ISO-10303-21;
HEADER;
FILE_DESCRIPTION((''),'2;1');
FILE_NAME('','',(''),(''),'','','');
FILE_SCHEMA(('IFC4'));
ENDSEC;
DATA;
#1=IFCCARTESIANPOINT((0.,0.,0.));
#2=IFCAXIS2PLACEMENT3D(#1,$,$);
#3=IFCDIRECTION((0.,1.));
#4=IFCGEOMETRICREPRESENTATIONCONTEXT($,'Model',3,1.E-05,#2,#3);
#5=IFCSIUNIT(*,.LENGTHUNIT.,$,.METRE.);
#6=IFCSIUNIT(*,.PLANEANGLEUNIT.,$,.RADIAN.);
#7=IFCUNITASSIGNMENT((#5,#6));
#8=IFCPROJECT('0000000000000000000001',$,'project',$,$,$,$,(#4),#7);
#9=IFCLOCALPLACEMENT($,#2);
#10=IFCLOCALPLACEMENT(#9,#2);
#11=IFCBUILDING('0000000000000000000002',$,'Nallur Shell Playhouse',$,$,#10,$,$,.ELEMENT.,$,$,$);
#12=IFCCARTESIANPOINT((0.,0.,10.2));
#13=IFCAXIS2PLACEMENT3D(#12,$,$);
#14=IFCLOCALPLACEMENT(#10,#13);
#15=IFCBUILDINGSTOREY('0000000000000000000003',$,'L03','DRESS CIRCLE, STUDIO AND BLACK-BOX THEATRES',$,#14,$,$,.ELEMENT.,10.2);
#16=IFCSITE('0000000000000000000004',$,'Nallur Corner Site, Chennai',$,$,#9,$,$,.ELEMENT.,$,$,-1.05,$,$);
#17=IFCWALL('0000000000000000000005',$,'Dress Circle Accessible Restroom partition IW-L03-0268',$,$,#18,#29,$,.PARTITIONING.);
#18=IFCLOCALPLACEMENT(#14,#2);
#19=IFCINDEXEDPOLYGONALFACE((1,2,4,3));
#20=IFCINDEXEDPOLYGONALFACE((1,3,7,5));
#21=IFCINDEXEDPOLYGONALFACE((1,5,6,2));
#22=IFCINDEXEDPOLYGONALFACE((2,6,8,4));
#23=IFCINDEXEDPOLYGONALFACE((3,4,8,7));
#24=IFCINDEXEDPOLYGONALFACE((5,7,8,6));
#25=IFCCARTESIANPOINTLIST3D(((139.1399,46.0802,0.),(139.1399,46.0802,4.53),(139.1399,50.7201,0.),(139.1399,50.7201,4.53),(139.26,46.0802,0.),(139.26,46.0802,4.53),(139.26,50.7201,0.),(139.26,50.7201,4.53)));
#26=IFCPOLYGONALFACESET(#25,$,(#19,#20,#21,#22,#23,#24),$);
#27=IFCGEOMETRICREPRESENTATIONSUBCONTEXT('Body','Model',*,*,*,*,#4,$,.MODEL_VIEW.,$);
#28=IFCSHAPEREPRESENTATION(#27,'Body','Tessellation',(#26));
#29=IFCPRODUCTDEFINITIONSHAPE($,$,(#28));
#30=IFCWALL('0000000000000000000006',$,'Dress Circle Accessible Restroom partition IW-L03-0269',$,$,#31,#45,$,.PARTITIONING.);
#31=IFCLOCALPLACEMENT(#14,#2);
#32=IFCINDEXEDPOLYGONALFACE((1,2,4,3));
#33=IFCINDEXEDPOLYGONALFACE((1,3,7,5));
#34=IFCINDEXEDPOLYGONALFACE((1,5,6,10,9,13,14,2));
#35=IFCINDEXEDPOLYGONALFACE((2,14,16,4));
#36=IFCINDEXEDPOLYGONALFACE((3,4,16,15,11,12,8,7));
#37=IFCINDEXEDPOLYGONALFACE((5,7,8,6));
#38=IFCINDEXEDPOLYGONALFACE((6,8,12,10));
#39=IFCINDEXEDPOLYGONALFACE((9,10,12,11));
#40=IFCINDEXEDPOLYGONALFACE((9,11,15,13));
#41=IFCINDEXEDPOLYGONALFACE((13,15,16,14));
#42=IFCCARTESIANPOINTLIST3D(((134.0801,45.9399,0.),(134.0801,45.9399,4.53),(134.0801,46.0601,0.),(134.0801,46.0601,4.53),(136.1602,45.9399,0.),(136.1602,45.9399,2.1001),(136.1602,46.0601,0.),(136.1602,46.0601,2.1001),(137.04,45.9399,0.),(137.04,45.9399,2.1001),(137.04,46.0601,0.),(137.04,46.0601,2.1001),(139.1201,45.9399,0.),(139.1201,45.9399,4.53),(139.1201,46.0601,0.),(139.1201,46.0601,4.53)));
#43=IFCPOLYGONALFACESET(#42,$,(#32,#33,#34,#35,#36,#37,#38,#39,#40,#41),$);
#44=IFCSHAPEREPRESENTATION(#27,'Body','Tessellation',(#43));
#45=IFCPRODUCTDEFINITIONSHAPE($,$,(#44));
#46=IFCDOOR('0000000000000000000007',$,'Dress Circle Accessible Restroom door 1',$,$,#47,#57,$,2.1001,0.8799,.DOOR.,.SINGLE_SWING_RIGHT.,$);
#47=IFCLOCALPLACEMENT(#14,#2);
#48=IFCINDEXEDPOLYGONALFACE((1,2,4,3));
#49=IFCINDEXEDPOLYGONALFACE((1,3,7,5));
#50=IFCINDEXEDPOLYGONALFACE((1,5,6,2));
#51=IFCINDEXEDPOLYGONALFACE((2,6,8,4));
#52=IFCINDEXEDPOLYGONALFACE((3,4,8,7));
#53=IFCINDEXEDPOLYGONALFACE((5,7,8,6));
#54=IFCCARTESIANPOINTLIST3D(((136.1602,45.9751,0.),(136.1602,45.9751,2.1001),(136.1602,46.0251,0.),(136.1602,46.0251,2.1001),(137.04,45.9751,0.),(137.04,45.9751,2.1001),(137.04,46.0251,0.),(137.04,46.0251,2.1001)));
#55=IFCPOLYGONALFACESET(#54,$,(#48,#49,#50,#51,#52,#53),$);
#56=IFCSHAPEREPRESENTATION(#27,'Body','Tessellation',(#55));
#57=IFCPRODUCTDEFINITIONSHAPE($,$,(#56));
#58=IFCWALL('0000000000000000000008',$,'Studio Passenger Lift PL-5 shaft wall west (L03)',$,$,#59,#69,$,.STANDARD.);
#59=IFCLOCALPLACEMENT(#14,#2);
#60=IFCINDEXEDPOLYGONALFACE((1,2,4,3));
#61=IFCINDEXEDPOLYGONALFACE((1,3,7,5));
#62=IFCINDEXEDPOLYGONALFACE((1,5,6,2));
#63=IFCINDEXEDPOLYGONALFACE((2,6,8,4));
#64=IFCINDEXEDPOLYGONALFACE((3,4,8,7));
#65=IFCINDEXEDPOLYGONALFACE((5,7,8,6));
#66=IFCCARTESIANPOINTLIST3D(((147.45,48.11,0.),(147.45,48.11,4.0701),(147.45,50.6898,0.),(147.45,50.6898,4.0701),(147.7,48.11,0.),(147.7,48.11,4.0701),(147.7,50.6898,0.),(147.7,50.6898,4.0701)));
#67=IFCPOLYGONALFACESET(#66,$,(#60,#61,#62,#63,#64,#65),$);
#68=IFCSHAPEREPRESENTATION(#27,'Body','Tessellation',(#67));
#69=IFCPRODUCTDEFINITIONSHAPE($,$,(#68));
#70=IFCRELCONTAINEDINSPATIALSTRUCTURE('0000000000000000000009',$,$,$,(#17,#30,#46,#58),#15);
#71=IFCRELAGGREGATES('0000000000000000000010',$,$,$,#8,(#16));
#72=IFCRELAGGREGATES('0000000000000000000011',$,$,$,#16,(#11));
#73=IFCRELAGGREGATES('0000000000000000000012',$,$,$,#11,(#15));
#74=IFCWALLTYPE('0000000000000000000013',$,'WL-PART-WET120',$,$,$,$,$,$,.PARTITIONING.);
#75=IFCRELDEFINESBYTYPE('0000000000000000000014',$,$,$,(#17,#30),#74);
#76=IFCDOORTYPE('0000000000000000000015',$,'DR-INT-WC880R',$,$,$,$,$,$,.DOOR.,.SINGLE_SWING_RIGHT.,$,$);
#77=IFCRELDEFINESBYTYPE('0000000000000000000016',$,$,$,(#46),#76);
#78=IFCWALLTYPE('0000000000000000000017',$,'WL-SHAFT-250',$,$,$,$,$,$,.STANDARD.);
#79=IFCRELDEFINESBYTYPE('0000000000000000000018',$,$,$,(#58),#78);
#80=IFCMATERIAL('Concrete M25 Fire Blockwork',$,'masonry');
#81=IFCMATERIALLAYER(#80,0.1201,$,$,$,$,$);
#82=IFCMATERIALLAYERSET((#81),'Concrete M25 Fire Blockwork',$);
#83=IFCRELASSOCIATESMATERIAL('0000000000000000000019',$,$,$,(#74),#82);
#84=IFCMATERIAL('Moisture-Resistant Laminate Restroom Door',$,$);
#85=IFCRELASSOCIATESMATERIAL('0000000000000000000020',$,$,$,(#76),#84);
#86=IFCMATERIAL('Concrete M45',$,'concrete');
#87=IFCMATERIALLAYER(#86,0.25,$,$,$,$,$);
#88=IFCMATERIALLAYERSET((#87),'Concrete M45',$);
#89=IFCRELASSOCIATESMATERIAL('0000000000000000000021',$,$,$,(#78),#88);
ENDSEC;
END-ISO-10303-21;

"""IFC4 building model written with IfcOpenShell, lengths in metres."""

from ifc_helpers import new_model, si_unit, direction, frame, frame_2d, origin, place, context, subcontext, project, spatial, rectangle, extrude, material, layer, layer_set, type_object, element, fill, save


model = new_model("IFC4")

# Units and contexts
model_context = context("Model", 3, precision=1e-05, world=origin(), true_north=direction((0.0, 1.0)))
body_context = subcontext(model_context, "Body", "Model", "MODEL_VIEW")
ifc_project = project(units=[si_unit("LENGTHUNIT", "METRE"), si_unit("PLANEANGLEUNIT", "RADIAN")], contexts=[model_context])

# Site, building, storey
site_placement = place(None, origin())
site = spatial("IfcSite", under=ifc_project, at=site_placement, Name="Nallur Corner Site, Chennai", CompositionType="ELEMENT", RefElevation=-1.05)
building_placement = place(site_placement, origin())
building = spatial("IfcBuilding", under=site, at=building_placement, Name="Nallur Shell Playhouse", CompositionType="ELEMENT")
storey_placement = place(building_placement, frame((0.0, 0.0, 10.2)))
storey = spatial("IfcBuildingStorey", under=building, at=storey_placement, Name="L03", Description="DRESS CIRCLE, STUDIO AND BLACK-BOX THEATRES", CompositionType="ELEMENT", Elevation=10.2)

# Wall
ifc_material_1 = material(Name="Concrete M25 Fire Blockwork", Category="masonry")
ifc_layer_1 = layer(ifc_material_1, 0.1201)
ifc_layer_set_1 = layer_set([ifc_layer_1], Name="Concrete M25 Fire Blockwork")
wall_type_1 = type_object("IfcWallType", Name="WL-PART-WET120", PredefinedType="PARTITIONING", material=ifc_layer_set_1)
wall_1_placement = place(storey_placement, frame((139.2, 50.72, 0.0), z_axis=(0.0, 0.0, 1.0), x_axis=(0.0, -1.0, 0.0)))
element("IfcWall", 1, at=wall_1_placement, inside=storey, type_object=wall_type_1, Name="Dress Circle Accessible Restroom partition IW-L03-0268", PredefinedType="PARTITIONING", context=body_context, shape_type="SweptSolid", body=[
    extrude(rectangle(XDim=4.6399, YDim=0.1201, at=frame_2d((2.3198, 0.0))), origin(), (0.0, 0.0, 1.0), 4.53),
])

# Wall, opening, door
wall_2_placement = place(storey_placement, frame((139.1201, 46.0, 0.0), z_axis=(0.0, 0.0, 1.0), x_axis=(-1.0, 0.0, 0.0)))
wall_2 = element("IfcWall", 2, at=wall_2_placement, inside=storey, type_object=wall_type_1, Name="Dress Circle Accessible Restroom partition IW-L03-0269", PredefinedType="PARTITIONING", context=body_context, shape_type="SweptSolid", body=[
    extrude(rectangle(XDim=5.04, YDim=0.1201, at=frame_2d((2.52, 0.0))), origin(), (0.0, 0.0, 1.0), 4.53),
])
opening_1_placement = place(wall_2_placement, frame((2.0801, 0.0, 0.0)))
opening_1 = element("IfcOpeningElement", 3, at=opening_1_placement, cuts=wall_2, PredefinedType="OPENING", context=body_context, shape_type="SweptSolid", body=[
    extrude(rectangle(XDim=0.8799, YDim=2.1001, at=frame_2d((0.4399, 1.05))), frame((0.0, 0.0701, 0.0), z_axis=(0.0, -1.0, 0.0), x_axis=(1.0, 0.0, 0.0)), (0.0, 0.0, 1.0), 0.1401),
])
ifc_material_2 = material(Name="Moisture-Resistant Laminate Restroom Door")
door_type_1 = type_object("IfcDoorType", Name="DR-INT-WC880R", OperationType="SINGLE_SWING_RIGHT", PredefinedType="DOOR", material=ifc_material_2)
door_1_placement = place(opening_1_placement, origin())
door_1 = element("IfcDoor", 4, at=door_1_placement, inside=storey, type_object=door_type_1, Name="Dress Circle Accessible Restroom door 1", OperationType="SINGLE_SWING_RIGHT", OverallHeight=2.1001, OverallWidth=0.8799, PredefinedType="DOOR", context=body_context, shape_type="SweptSolid", body=[
    extrude(rectangle(XDim=0.8799, YDim=2.1001, at=frame_2d((0.4399, 1.05))), frame((0.0, 0.0249, 0.0), z_axis=(0.0, -1.0, 0.0), x_axis=(1.0, 0.0, 0.0)), (0.0, 0.0, 1.0), 0.05),
])
fill(opening_1, door_1)
ifc_material_3 = material(Name="Concrete M45", Category="concrete")
ifc_layer_2 = layer(ifc_material_3, 0.25)
ifc_layer_set_2 = layer_set([ifc_layer_2], Name="Concrete M45")
wall_type_2 = type_object("IfcWallType", Name="WL-SHAFT-250", PredefinedType="STANDARD", material=ifc_layer_set_2)

# Wall
wall_3_placement = place(storey_placement, frame((147.575, 50.6899, 0.0), z_axis=(0.0, 0.0, 1.0), x_axis=(0.0, -1.0, 0.0)))
element("IfcWall", 5, at=wall_3_placement, inside=storey, type_object=wall_type_2, Name="Studio Passenger Lift PL-5 shaft wall west (L03)", PredefinedType="STANDARD", context=body_context, shape_type="SweptSolid", body=[
    extrude(rectangle(XDim=2.5798, YDim=0.25, at=frame_2d((1.29, 0.0))), origin(), (0.0, 0.0, 1.0), 4.0701),
])

save(model, "model.ifc")
